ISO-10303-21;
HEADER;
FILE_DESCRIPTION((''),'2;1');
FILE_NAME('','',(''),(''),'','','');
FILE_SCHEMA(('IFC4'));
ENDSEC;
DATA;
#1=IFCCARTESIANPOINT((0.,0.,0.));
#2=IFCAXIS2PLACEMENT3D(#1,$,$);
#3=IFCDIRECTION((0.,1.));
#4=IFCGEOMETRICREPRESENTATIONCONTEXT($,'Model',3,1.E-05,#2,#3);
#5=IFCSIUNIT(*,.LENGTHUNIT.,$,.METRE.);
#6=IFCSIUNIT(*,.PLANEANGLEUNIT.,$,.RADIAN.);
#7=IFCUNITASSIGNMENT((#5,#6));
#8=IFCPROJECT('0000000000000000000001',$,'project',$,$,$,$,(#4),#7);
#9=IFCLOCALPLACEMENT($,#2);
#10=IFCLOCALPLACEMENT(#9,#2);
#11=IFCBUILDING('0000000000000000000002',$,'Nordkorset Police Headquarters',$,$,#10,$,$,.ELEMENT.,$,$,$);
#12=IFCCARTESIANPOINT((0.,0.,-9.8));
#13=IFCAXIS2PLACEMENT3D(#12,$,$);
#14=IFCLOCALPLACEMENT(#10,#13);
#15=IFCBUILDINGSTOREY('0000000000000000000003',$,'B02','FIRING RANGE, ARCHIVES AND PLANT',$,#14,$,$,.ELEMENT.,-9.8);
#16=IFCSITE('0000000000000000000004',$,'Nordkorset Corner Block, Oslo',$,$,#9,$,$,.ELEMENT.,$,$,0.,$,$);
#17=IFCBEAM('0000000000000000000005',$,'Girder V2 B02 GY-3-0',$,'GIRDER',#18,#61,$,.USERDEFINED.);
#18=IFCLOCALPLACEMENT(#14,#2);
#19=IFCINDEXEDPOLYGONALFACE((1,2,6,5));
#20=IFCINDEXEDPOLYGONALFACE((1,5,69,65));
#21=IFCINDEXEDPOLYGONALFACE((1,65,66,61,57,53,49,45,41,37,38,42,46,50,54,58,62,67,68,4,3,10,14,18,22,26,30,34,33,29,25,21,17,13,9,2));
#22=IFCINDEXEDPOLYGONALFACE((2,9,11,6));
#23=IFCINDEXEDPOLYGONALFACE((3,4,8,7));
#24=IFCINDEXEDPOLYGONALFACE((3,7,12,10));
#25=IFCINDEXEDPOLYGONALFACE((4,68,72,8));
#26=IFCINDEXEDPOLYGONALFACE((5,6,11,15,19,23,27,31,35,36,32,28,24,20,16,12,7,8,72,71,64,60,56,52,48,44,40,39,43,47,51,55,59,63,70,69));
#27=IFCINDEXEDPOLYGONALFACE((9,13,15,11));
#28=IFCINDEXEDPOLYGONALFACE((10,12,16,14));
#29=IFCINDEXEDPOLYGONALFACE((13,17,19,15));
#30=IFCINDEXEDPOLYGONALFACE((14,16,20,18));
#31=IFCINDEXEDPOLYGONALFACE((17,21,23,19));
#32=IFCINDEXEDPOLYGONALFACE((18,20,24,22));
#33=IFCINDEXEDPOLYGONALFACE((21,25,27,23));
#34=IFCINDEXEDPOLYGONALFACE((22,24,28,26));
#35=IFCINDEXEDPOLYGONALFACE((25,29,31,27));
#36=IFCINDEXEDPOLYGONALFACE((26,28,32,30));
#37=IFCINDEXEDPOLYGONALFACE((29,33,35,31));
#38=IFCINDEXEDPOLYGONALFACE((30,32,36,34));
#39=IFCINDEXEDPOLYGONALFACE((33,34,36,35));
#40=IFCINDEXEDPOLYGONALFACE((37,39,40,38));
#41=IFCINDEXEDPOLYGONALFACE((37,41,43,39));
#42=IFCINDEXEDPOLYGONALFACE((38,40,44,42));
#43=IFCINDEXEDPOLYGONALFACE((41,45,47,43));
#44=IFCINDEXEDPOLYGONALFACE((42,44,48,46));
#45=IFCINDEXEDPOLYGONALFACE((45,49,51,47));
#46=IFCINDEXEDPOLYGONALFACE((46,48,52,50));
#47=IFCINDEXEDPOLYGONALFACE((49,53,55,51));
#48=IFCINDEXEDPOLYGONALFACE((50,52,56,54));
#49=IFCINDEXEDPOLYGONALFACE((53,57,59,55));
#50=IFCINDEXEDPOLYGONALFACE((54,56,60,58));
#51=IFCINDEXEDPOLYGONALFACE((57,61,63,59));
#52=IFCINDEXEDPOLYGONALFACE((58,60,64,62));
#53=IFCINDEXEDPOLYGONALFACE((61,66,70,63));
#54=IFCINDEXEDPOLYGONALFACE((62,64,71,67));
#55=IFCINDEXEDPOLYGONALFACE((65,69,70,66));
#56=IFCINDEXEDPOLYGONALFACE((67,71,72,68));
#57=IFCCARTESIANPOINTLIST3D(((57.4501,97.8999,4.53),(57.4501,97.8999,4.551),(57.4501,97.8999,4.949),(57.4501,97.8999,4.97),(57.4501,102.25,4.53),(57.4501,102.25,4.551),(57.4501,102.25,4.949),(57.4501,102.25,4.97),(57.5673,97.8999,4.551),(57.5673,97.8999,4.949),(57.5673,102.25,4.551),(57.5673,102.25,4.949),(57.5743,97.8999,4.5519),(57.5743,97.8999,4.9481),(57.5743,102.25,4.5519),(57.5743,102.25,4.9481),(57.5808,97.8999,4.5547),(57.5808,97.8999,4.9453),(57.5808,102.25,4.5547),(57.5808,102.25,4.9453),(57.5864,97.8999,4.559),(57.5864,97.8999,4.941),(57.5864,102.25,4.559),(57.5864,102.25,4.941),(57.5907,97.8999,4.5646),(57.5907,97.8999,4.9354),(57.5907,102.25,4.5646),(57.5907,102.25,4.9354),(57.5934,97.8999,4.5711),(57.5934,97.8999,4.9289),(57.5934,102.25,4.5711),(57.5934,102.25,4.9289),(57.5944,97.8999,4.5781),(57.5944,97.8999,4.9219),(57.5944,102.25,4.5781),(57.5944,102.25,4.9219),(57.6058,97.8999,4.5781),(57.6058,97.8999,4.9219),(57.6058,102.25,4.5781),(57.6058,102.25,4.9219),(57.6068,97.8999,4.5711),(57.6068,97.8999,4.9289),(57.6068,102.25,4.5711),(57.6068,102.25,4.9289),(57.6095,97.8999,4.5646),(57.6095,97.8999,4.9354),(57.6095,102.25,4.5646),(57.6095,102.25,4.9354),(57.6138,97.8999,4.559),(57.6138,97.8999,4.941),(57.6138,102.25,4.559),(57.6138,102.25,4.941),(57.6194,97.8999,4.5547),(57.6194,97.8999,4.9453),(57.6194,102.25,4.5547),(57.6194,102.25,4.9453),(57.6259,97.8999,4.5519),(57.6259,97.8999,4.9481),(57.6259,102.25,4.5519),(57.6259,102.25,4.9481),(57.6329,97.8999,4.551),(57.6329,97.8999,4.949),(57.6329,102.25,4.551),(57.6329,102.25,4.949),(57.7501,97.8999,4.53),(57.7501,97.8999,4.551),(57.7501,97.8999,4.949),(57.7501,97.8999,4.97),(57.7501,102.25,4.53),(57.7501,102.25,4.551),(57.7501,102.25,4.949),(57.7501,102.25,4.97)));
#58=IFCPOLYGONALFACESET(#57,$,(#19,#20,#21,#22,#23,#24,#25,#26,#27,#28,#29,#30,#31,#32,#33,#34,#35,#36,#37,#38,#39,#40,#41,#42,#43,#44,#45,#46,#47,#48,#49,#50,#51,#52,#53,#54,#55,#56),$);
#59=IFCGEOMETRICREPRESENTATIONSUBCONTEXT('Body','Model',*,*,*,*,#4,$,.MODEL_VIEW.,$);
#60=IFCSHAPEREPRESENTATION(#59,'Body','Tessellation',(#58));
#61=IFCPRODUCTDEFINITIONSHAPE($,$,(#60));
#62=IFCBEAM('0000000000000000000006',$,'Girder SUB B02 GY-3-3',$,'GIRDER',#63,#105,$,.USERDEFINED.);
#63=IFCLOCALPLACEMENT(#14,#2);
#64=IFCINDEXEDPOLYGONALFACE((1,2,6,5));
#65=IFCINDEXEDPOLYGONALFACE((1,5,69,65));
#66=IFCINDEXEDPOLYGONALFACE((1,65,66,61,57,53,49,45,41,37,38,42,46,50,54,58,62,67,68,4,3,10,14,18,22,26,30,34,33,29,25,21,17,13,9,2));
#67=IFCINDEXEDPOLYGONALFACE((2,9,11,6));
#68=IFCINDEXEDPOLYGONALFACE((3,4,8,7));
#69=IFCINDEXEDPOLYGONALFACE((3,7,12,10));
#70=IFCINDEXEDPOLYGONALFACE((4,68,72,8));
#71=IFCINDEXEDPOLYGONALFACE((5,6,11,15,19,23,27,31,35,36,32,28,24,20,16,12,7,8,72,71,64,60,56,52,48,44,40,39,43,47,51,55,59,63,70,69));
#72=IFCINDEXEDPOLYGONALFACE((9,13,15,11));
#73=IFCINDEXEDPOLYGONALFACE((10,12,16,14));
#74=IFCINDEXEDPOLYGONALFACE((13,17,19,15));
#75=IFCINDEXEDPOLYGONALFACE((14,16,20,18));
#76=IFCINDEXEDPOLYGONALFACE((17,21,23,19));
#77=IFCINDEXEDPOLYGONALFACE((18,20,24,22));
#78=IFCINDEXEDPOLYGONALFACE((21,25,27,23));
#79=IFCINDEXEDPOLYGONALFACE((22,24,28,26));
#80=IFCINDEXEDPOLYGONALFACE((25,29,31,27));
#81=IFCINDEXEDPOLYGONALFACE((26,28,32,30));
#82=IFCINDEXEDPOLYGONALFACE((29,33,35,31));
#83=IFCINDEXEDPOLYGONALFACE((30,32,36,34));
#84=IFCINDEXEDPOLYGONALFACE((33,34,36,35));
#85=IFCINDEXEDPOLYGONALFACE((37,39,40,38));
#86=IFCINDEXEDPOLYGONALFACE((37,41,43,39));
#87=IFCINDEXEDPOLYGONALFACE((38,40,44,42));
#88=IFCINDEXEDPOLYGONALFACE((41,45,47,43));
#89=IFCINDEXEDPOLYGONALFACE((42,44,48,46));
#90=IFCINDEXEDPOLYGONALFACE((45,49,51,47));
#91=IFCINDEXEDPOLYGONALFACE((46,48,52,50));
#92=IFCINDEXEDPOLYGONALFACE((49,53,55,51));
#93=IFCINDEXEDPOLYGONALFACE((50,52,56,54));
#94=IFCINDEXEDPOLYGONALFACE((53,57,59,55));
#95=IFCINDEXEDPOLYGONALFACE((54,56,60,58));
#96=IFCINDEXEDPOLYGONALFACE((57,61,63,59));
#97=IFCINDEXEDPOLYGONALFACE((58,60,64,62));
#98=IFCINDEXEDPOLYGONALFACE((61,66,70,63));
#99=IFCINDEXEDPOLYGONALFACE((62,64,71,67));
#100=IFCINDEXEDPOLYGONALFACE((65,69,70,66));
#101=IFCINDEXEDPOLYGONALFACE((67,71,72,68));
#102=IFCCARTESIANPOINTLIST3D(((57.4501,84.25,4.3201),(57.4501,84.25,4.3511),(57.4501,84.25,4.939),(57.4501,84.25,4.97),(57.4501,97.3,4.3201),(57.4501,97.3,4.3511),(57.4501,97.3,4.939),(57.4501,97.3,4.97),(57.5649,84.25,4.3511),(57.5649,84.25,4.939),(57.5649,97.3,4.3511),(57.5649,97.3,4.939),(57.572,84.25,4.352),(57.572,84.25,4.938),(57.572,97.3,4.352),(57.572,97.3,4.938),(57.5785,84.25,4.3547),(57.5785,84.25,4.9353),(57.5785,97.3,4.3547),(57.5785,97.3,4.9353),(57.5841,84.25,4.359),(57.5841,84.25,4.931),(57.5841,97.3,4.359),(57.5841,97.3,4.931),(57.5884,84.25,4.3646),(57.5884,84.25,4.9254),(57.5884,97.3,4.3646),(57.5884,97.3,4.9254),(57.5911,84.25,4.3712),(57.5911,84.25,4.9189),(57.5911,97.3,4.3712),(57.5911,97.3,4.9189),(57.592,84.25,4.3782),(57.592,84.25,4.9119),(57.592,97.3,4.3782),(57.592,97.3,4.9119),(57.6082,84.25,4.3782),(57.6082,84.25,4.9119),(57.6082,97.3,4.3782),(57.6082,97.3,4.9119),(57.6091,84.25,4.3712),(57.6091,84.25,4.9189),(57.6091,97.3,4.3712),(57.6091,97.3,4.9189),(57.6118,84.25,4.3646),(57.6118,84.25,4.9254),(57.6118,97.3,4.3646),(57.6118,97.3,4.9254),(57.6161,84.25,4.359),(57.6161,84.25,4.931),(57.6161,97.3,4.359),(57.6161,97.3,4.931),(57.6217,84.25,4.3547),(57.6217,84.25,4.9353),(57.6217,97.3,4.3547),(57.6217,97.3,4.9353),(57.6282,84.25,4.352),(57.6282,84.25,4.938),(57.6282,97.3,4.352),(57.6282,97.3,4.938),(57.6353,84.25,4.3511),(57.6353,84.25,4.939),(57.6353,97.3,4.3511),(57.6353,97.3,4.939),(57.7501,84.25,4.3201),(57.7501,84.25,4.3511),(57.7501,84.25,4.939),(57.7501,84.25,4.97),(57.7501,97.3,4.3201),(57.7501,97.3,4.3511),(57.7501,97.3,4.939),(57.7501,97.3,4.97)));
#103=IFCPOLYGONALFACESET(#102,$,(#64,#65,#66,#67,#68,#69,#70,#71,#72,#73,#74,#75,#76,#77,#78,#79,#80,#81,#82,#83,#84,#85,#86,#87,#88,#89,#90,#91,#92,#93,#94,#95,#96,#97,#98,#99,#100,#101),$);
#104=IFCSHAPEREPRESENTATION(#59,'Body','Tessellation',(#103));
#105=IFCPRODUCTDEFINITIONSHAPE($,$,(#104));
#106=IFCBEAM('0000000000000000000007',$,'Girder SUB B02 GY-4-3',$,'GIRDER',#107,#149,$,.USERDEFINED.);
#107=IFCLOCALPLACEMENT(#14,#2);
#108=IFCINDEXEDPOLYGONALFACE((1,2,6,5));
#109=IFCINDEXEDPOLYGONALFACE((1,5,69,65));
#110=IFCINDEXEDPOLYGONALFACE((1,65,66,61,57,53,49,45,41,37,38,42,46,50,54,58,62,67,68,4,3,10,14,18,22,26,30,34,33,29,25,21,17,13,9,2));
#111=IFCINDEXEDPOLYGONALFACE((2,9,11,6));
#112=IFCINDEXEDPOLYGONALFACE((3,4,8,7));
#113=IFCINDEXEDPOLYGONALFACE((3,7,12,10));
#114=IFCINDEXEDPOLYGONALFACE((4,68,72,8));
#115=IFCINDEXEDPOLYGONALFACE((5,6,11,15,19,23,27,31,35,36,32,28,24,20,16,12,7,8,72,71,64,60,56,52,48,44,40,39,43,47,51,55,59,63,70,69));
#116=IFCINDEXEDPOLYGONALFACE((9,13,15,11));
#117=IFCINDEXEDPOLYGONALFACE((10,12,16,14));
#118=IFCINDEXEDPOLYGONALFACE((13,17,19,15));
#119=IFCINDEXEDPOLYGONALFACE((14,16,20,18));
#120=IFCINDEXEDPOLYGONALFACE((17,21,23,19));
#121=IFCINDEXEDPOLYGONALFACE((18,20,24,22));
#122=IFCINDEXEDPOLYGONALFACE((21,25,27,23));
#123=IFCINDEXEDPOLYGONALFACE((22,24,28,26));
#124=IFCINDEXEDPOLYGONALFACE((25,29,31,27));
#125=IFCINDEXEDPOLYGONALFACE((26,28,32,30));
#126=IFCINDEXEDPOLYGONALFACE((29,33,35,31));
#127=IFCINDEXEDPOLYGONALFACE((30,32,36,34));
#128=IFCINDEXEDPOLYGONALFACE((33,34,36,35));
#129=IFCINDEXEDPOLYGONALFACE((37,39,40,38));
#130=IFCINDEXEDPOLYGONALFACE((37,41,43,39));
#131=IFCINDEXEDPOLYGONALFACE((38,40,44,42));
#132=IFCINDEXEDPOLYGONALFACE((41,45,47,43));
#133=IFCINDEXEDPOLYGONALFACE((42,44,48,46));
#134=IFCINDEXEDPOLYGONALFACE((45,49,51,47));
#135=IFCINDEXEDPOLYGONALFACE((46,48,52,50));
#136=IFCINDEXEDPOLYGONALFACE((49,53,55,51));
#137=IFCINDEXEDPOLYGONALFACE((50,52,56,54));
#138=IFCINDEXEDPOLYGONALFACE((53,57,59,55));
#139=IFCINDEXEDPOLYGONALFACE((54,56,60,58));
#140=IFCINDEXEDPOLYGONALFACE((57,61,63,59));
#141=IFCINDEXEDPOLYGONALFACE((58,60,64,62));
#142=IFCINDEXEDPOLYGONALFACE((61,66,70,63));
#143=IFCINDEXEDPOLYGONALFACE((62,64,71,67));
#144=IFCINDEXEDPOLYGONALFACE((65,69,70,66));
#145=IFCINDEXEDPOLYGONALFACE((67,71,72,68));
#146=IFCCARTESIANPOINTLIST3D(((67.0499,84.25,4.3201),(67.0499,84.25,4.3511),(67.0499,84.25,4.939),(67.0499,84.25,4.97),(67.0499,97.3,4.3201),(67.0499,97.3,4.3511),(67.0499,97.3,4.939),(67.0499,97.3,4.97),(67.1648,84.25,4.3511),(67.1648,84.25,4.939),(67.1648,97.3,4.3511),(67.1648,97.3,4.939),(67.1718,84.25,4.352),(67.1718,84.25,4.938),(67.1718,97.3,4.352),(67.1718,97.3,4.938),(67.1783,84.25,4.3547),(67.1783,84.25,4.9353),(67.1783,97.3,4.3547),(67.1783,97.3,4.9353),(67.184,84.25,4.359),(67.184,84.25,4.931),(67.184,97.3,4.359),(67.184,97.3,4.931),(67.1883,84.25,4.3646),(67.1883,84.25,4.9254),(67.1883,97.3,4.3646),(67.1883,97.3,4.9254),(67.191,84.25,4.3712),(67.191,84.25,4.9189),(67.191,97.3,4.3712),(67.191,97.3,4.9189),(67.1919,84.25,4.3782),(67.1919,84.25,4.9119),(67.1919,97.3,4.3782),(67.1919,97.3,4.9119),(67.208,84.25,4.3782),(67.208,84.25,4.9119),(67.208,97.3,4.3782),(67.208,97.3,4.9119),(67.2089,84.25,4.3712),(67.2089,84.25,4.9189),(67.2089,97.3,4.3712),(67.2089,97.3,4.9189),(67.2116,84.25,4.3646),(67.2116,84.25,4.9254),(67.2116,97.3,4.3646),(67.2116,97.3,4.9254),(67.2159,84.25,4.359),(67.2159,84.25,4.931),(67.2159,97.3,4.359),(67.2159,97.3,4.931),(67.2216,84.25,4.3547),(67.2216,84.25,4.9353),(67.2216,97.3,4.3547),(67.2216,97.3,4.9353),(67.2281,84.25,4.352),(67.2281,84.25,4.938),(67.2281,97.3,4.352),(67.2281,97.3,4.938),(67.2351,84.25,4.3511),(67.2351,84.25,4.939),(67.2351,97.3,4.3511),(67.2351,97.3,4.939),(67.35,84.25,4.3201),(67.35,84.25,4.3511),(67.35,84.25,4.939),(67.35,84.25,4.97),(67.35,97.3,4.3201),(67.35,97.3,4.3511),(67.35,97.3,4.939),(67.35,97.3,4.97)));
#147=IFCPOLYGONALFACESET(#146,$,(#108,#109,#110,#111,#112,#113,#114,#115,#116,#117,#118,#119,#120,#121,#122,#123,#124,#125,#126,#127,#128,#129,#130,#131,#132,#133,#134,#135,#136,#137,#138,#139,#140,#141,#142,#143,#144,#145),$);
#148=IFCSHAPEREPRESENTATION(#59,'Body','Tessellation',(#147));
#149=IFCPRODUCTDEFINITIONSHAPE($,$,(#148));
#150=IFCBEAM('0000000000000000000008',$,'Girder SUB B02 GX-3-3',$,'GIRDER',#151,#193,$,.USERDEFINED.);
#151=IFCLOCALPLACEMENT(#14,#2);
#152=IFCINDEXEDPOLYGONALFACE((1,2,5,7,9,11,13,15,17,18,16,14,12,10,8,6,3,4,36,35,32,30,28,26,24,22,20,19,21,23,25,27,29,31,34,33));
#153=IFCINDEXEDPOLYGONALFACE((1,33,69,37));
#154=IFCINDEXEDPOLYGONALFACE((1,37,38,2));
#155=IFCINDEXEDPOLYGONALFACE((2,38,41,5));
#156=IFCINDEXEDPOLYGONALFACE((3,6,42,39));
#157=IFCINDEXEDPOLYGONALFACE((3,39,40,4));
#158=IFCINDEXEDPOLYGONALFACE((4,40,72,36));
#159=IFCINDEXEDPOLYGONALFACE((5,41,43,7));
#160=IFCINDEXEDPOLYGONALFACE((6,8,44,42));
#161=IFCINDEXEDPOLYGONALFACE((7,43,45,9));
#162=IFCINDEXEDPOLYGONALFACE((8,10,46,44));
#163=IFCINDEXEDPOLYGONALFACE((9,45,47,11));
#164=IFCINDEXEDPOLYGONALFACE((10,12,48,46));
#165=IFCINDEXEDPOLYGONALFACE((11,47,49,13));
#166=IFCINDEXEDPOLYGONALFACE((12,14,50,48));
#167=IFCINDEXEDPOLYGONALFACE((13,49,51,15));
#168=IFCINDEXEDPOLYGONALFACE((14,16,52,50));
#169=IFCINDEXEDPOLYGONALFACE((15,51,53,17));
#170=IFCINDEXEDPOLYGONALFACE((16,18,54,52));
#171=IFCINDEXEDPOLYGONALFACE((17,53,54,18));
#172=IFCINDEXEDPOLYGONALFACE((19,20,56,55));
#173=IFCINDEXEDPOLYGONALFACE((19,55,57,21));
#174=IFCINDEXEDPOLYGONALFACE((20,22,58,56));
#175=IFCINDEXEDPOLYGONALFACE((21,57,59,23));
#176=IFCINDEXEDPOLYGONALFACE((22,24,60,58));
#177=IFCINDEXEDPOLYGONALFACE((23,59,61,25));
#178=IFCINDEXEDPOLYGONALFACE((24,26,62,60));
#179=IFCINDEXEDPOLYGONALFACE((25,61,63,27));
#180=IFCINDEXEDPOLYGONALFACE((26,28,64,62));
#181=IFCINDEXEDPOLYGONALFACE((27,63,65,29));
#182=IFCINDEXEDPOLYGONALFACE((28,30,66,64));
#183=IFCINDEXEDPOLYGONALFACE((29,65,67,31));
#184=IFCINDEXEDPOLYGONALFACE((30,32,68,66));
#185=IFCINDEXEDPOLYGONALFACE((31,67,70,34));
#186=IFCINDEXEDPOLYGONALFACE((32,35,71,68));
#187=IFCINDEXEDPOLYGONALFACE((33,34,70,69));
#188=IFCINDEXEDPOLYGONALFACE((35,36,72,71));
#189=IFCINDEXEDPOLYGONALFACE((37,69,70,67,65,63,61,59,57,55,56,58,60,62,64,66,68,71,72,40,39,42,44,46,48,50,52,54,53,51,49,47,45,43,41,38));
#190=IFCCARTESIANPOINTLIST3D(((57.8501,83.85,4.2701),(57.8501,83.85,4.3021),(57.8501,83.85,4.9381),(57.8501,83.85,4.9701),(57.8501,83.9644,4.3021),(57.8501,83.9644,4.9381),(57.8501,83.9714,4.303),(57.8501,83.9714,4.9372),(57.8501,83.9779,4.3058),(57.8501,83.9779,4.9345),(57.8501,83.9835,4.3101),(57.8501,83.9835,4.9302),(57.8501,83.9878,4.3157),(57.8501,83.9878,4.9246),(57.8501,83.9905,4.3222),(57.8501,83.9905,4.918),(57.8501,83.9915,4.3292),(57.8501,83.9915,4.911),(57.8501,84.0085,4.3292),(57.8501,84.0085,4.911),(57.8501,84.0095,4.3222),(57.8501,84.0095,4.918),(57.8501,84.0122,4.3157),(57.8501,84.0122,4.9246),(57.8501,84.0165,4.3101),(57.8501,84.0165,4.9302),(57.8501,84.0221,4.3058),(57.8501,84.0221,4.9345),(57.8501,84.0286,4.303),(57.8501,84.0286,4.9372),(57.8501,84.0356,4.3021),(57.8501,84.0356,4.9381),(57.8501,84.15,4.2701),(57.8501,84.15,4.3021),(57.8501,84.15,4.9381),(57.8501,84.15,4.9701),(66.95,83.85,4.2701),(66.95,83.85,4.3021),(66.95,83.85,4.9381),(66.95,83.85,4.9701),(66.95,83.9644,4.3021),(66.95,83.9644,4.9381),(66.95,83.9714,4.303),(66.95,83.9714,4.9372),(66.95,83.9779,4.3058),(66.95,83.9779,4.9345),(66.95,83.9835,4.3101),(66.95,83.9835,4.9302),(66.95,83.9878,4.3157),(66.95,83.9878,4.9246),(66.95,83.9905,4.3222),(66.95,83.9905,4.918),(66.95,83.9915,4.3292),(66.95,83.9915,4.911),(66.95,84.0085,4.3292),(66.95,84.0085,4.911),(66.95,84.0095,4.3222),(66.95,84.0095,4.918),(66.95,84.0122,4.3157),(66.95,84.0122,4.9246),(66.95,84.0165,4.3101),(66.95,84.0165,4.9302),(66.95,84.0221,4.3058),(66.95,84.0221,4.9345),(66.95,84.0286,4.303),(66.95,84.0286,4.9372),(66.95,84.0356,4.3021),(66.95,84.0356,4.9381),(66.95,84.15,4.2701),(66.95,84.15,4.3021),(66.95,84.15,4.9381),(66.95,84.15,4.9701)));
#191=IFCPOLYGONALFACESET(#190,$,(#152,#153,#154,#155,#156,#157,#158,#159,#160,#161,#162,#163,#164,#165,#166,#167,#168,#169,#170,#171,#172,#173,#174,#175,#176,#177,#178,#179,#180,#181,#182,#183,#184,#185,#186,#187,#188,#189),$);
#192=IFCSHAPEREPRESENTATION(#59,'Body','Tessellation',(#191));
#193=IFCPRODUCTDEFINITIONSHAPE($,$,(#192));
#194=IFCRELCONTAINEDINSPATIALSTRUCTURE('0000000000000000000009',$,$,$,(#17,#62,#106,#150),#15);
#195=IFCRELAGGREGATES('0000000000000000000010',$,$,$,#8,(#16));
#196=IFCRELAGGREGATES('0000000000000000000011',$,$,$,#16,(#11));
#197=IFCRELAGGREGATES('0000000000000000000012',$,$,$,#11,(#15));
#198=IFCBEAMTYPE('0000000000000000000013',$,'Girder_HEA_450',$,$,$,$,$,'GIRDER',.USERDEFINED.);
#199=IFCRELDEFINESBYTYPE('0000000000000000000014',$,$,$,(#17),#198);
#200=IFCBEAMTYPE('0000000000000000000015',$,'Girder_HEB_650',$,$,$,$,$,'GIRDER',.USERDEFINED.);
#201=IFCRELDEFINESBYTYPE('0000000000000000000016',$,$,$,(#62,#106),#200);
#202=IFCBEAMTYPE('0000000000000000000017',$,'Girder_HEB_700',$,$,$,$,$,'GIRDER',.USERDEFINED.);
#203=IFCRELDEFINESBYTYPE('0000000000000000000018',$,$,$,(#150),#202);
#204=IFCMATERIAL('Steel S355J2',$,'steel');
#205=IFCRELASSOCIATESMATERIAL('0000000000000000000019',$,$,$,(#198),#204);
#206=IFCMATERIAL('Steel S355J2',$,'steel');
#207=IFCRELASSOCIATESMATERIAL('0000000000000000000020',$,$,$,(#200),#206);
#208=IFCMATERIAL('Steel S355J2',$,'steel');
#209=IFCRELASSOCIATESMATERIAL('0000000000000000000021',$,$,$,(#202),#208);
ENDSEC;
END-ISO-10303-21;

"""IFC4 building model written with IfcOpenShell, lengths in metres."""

from ifc_helpers import new_model, si_unit, direction, frame, origin, origin_2d, place, context, subcontext, project, spatial, i_section, extrude, material, material_profile, profile_set, type_object, element, save


model = new_model("IFC4")

# Units and contexts
model_context = context("Model", 3, precision=1e-05, world=origin(), true_north=direction((0.0, 1.0)))
body_context = subcontext(model_context, "Body", "Model", "MODEL_VIEW")
ifc_project = project(units=[si_unit("LENGTHUNIT", "METRE"), si_unit("PLANEANGLEUNIT", "RADIAN")], contexts=[model_context])

# Site, building, storey
site_placement = place(None, origin())
site = spatial("IfcSite", under=ifc_project, at=site_placement, Name="Nordkorset Corner Block, Oslo", CompositionType="ELEMENT", RefElevation=0.0)
building_placement = place(site_placement, origin())
building = spatial("IfcBuilding", under=site, at=building_placement, Name="Nordkorset Police Headquarters", CompositionType="ELEMENT")
storey_placement = place(building_placement, frame((0.0, 0.0, -9.8)))
storey = spatial("IfcBuildingStorey", under=building, at=storey_placement, Name="B02", Description="FIRING RANGE, ARCHIVES AND PLANT", CompositionType="ELEMENT", Elevation=-9.8)

# Beams
ifc_material_1 = material(Name="Steel S355J2", Category="steel")
ifc_material_profile_1 = material_profile(ifc_material_1, i_section(OverallWidth=0.3, OverallDepth=0.4399, WebThickness=0.0115, FlangeThickness=0.021, FilletRadius=0.0271, at=origin_2d()), Name="HEA 450")
ifc_profile_set_1 = profile_set([ifc_material_profile_1], Name="Steel S355J2")
beam_type_1 = type_object("IfcBeamType", Name="Girder_HEA_450", ElementType="GIRDER", PredefinedType="USERDEFINED", material=ifc_profile_set_1)
beam_1_placement = place(storey_placement, frame((57.6001, 97.8999, 4.75), z_axis=(0.0, 1.0, 0.0), x_axis=(-1.0, 0.0, 0.0)))
element("IfcBeam", 1, at=beam_1_placement, inside=storey, type_object=beam_type_1, Name="Girder V2 B02 GY-3-0", ObjectType="GIRDER", PredefinedType="USERDEFINED", context=body_context, shape_type="SweptSolid", body=[
    extrude(i_section(OverallWidth=0.3, OverallDepth=0.4399, WebThickness=0.0115, FlangeThickness=0.021, FilletRadius=0.0271, at=origin_2d()), origin(), (0.0, 0.0, 1.0), 4.3501),
])
ifc_material_2 = material(Name="Steel S355J2", Category="steel")
ifc_material_profile_2 = material_profile(ifc_material_2, i_section(OverallWidth=0.3, OverallDepth=0.6499, WebThickness=0.0161, FlangeThickness=0.031, FilletRadius=0.0271, at=origin_2d()), Name="HEB 650")
ifc_profile_set_2 = profile_set([ifc_material_profile_2], Name="Steel S355J2")
beam_type_2 = type_object("IfcBeamType", Name="Girder_HEB_650", ElementType="GIRDER", PredefinedType="USERDEFINED", material=ifc_profile_set_2)
for number, where, z_axis, x_axis, name in (
    (2, (57.6001, 84.25, 4.645), (0.0, 1.0, 0.0), (-1.0, 0.0, 0.0), "Girder SUB B02 GY-3-3"),
    (3, (67.2, 84.25, 4.645), (0.0, 1.0, 0.0), (-1.0, 0.0, 0.0), "Girder SUB B02 GY-4-3"),
):
    element("IfcBeam", number, at=place(storey_placement, frame(where, z_axis=z_axis, x_axis=x_axis)), inside=storey, type_object=beam_type_2, Name=name, ObjectType="GIRDER", PredefinedType="USERDEFINED", context=body_context, shape_type="SweptSolid", body=[
        extrude(i_section(OverallWidth=0.3, OverallDepth=0.6499, WebThickness=0.0161, FlangeThickness=0.031, FilletRadius=0.0271, at=origin_2d()), origin(), (0.0, 0.0, 1.0), 13.05),
    ])
ifc_material_3 = material(Name="Steel S355J2", Category="steel")
ifc_material_profile_3 = material_profile(ifc_material_3, i_section(OverallWidth=0.3, OverallDepth=0.7, WebThickness=0.0171, FlangeThickness=0.032, FilletRadius=0.0271, at=origin_2d()), Name="HEB 700")
ifc_profile_set_3 = profile_set([ifc_material_profile_3], Name="Steel S355J2")
beam_type_3 = type_object("IfcBeamType", Name="Girder_HEB_700", ElementType="GIRDER", PredefinedType="USERDEFINED", material=ifc_profile_set_3)
beam_2_placement = place(storey_placement, frame((57.8501, 84.0, 4.6201), z_axis=(1.0, 0.0, 0.0), x_axis=(0.0, 1.0, 0.0)))
element("IfcBeam", 4, at=beam_2_placement, inside=storey, type_object=beam_type_3, Name="Girder SUB B02 GX-3-3", ObjectType="GIRDER", PredefinedType="USERDEFINED", context=body_context, shape_type="SweptSolid", body=[
    extrude(i_section(OverallWidth=0.3, OverallDepth=0.7, WebThickness=0.0171, FlangeThickness=0.032, FilletRadius=0.0271, at=origin_2d()), origin(), (0.0, 0.0, 1.0), 9.0999),
])

save(model, "model.ifc")
